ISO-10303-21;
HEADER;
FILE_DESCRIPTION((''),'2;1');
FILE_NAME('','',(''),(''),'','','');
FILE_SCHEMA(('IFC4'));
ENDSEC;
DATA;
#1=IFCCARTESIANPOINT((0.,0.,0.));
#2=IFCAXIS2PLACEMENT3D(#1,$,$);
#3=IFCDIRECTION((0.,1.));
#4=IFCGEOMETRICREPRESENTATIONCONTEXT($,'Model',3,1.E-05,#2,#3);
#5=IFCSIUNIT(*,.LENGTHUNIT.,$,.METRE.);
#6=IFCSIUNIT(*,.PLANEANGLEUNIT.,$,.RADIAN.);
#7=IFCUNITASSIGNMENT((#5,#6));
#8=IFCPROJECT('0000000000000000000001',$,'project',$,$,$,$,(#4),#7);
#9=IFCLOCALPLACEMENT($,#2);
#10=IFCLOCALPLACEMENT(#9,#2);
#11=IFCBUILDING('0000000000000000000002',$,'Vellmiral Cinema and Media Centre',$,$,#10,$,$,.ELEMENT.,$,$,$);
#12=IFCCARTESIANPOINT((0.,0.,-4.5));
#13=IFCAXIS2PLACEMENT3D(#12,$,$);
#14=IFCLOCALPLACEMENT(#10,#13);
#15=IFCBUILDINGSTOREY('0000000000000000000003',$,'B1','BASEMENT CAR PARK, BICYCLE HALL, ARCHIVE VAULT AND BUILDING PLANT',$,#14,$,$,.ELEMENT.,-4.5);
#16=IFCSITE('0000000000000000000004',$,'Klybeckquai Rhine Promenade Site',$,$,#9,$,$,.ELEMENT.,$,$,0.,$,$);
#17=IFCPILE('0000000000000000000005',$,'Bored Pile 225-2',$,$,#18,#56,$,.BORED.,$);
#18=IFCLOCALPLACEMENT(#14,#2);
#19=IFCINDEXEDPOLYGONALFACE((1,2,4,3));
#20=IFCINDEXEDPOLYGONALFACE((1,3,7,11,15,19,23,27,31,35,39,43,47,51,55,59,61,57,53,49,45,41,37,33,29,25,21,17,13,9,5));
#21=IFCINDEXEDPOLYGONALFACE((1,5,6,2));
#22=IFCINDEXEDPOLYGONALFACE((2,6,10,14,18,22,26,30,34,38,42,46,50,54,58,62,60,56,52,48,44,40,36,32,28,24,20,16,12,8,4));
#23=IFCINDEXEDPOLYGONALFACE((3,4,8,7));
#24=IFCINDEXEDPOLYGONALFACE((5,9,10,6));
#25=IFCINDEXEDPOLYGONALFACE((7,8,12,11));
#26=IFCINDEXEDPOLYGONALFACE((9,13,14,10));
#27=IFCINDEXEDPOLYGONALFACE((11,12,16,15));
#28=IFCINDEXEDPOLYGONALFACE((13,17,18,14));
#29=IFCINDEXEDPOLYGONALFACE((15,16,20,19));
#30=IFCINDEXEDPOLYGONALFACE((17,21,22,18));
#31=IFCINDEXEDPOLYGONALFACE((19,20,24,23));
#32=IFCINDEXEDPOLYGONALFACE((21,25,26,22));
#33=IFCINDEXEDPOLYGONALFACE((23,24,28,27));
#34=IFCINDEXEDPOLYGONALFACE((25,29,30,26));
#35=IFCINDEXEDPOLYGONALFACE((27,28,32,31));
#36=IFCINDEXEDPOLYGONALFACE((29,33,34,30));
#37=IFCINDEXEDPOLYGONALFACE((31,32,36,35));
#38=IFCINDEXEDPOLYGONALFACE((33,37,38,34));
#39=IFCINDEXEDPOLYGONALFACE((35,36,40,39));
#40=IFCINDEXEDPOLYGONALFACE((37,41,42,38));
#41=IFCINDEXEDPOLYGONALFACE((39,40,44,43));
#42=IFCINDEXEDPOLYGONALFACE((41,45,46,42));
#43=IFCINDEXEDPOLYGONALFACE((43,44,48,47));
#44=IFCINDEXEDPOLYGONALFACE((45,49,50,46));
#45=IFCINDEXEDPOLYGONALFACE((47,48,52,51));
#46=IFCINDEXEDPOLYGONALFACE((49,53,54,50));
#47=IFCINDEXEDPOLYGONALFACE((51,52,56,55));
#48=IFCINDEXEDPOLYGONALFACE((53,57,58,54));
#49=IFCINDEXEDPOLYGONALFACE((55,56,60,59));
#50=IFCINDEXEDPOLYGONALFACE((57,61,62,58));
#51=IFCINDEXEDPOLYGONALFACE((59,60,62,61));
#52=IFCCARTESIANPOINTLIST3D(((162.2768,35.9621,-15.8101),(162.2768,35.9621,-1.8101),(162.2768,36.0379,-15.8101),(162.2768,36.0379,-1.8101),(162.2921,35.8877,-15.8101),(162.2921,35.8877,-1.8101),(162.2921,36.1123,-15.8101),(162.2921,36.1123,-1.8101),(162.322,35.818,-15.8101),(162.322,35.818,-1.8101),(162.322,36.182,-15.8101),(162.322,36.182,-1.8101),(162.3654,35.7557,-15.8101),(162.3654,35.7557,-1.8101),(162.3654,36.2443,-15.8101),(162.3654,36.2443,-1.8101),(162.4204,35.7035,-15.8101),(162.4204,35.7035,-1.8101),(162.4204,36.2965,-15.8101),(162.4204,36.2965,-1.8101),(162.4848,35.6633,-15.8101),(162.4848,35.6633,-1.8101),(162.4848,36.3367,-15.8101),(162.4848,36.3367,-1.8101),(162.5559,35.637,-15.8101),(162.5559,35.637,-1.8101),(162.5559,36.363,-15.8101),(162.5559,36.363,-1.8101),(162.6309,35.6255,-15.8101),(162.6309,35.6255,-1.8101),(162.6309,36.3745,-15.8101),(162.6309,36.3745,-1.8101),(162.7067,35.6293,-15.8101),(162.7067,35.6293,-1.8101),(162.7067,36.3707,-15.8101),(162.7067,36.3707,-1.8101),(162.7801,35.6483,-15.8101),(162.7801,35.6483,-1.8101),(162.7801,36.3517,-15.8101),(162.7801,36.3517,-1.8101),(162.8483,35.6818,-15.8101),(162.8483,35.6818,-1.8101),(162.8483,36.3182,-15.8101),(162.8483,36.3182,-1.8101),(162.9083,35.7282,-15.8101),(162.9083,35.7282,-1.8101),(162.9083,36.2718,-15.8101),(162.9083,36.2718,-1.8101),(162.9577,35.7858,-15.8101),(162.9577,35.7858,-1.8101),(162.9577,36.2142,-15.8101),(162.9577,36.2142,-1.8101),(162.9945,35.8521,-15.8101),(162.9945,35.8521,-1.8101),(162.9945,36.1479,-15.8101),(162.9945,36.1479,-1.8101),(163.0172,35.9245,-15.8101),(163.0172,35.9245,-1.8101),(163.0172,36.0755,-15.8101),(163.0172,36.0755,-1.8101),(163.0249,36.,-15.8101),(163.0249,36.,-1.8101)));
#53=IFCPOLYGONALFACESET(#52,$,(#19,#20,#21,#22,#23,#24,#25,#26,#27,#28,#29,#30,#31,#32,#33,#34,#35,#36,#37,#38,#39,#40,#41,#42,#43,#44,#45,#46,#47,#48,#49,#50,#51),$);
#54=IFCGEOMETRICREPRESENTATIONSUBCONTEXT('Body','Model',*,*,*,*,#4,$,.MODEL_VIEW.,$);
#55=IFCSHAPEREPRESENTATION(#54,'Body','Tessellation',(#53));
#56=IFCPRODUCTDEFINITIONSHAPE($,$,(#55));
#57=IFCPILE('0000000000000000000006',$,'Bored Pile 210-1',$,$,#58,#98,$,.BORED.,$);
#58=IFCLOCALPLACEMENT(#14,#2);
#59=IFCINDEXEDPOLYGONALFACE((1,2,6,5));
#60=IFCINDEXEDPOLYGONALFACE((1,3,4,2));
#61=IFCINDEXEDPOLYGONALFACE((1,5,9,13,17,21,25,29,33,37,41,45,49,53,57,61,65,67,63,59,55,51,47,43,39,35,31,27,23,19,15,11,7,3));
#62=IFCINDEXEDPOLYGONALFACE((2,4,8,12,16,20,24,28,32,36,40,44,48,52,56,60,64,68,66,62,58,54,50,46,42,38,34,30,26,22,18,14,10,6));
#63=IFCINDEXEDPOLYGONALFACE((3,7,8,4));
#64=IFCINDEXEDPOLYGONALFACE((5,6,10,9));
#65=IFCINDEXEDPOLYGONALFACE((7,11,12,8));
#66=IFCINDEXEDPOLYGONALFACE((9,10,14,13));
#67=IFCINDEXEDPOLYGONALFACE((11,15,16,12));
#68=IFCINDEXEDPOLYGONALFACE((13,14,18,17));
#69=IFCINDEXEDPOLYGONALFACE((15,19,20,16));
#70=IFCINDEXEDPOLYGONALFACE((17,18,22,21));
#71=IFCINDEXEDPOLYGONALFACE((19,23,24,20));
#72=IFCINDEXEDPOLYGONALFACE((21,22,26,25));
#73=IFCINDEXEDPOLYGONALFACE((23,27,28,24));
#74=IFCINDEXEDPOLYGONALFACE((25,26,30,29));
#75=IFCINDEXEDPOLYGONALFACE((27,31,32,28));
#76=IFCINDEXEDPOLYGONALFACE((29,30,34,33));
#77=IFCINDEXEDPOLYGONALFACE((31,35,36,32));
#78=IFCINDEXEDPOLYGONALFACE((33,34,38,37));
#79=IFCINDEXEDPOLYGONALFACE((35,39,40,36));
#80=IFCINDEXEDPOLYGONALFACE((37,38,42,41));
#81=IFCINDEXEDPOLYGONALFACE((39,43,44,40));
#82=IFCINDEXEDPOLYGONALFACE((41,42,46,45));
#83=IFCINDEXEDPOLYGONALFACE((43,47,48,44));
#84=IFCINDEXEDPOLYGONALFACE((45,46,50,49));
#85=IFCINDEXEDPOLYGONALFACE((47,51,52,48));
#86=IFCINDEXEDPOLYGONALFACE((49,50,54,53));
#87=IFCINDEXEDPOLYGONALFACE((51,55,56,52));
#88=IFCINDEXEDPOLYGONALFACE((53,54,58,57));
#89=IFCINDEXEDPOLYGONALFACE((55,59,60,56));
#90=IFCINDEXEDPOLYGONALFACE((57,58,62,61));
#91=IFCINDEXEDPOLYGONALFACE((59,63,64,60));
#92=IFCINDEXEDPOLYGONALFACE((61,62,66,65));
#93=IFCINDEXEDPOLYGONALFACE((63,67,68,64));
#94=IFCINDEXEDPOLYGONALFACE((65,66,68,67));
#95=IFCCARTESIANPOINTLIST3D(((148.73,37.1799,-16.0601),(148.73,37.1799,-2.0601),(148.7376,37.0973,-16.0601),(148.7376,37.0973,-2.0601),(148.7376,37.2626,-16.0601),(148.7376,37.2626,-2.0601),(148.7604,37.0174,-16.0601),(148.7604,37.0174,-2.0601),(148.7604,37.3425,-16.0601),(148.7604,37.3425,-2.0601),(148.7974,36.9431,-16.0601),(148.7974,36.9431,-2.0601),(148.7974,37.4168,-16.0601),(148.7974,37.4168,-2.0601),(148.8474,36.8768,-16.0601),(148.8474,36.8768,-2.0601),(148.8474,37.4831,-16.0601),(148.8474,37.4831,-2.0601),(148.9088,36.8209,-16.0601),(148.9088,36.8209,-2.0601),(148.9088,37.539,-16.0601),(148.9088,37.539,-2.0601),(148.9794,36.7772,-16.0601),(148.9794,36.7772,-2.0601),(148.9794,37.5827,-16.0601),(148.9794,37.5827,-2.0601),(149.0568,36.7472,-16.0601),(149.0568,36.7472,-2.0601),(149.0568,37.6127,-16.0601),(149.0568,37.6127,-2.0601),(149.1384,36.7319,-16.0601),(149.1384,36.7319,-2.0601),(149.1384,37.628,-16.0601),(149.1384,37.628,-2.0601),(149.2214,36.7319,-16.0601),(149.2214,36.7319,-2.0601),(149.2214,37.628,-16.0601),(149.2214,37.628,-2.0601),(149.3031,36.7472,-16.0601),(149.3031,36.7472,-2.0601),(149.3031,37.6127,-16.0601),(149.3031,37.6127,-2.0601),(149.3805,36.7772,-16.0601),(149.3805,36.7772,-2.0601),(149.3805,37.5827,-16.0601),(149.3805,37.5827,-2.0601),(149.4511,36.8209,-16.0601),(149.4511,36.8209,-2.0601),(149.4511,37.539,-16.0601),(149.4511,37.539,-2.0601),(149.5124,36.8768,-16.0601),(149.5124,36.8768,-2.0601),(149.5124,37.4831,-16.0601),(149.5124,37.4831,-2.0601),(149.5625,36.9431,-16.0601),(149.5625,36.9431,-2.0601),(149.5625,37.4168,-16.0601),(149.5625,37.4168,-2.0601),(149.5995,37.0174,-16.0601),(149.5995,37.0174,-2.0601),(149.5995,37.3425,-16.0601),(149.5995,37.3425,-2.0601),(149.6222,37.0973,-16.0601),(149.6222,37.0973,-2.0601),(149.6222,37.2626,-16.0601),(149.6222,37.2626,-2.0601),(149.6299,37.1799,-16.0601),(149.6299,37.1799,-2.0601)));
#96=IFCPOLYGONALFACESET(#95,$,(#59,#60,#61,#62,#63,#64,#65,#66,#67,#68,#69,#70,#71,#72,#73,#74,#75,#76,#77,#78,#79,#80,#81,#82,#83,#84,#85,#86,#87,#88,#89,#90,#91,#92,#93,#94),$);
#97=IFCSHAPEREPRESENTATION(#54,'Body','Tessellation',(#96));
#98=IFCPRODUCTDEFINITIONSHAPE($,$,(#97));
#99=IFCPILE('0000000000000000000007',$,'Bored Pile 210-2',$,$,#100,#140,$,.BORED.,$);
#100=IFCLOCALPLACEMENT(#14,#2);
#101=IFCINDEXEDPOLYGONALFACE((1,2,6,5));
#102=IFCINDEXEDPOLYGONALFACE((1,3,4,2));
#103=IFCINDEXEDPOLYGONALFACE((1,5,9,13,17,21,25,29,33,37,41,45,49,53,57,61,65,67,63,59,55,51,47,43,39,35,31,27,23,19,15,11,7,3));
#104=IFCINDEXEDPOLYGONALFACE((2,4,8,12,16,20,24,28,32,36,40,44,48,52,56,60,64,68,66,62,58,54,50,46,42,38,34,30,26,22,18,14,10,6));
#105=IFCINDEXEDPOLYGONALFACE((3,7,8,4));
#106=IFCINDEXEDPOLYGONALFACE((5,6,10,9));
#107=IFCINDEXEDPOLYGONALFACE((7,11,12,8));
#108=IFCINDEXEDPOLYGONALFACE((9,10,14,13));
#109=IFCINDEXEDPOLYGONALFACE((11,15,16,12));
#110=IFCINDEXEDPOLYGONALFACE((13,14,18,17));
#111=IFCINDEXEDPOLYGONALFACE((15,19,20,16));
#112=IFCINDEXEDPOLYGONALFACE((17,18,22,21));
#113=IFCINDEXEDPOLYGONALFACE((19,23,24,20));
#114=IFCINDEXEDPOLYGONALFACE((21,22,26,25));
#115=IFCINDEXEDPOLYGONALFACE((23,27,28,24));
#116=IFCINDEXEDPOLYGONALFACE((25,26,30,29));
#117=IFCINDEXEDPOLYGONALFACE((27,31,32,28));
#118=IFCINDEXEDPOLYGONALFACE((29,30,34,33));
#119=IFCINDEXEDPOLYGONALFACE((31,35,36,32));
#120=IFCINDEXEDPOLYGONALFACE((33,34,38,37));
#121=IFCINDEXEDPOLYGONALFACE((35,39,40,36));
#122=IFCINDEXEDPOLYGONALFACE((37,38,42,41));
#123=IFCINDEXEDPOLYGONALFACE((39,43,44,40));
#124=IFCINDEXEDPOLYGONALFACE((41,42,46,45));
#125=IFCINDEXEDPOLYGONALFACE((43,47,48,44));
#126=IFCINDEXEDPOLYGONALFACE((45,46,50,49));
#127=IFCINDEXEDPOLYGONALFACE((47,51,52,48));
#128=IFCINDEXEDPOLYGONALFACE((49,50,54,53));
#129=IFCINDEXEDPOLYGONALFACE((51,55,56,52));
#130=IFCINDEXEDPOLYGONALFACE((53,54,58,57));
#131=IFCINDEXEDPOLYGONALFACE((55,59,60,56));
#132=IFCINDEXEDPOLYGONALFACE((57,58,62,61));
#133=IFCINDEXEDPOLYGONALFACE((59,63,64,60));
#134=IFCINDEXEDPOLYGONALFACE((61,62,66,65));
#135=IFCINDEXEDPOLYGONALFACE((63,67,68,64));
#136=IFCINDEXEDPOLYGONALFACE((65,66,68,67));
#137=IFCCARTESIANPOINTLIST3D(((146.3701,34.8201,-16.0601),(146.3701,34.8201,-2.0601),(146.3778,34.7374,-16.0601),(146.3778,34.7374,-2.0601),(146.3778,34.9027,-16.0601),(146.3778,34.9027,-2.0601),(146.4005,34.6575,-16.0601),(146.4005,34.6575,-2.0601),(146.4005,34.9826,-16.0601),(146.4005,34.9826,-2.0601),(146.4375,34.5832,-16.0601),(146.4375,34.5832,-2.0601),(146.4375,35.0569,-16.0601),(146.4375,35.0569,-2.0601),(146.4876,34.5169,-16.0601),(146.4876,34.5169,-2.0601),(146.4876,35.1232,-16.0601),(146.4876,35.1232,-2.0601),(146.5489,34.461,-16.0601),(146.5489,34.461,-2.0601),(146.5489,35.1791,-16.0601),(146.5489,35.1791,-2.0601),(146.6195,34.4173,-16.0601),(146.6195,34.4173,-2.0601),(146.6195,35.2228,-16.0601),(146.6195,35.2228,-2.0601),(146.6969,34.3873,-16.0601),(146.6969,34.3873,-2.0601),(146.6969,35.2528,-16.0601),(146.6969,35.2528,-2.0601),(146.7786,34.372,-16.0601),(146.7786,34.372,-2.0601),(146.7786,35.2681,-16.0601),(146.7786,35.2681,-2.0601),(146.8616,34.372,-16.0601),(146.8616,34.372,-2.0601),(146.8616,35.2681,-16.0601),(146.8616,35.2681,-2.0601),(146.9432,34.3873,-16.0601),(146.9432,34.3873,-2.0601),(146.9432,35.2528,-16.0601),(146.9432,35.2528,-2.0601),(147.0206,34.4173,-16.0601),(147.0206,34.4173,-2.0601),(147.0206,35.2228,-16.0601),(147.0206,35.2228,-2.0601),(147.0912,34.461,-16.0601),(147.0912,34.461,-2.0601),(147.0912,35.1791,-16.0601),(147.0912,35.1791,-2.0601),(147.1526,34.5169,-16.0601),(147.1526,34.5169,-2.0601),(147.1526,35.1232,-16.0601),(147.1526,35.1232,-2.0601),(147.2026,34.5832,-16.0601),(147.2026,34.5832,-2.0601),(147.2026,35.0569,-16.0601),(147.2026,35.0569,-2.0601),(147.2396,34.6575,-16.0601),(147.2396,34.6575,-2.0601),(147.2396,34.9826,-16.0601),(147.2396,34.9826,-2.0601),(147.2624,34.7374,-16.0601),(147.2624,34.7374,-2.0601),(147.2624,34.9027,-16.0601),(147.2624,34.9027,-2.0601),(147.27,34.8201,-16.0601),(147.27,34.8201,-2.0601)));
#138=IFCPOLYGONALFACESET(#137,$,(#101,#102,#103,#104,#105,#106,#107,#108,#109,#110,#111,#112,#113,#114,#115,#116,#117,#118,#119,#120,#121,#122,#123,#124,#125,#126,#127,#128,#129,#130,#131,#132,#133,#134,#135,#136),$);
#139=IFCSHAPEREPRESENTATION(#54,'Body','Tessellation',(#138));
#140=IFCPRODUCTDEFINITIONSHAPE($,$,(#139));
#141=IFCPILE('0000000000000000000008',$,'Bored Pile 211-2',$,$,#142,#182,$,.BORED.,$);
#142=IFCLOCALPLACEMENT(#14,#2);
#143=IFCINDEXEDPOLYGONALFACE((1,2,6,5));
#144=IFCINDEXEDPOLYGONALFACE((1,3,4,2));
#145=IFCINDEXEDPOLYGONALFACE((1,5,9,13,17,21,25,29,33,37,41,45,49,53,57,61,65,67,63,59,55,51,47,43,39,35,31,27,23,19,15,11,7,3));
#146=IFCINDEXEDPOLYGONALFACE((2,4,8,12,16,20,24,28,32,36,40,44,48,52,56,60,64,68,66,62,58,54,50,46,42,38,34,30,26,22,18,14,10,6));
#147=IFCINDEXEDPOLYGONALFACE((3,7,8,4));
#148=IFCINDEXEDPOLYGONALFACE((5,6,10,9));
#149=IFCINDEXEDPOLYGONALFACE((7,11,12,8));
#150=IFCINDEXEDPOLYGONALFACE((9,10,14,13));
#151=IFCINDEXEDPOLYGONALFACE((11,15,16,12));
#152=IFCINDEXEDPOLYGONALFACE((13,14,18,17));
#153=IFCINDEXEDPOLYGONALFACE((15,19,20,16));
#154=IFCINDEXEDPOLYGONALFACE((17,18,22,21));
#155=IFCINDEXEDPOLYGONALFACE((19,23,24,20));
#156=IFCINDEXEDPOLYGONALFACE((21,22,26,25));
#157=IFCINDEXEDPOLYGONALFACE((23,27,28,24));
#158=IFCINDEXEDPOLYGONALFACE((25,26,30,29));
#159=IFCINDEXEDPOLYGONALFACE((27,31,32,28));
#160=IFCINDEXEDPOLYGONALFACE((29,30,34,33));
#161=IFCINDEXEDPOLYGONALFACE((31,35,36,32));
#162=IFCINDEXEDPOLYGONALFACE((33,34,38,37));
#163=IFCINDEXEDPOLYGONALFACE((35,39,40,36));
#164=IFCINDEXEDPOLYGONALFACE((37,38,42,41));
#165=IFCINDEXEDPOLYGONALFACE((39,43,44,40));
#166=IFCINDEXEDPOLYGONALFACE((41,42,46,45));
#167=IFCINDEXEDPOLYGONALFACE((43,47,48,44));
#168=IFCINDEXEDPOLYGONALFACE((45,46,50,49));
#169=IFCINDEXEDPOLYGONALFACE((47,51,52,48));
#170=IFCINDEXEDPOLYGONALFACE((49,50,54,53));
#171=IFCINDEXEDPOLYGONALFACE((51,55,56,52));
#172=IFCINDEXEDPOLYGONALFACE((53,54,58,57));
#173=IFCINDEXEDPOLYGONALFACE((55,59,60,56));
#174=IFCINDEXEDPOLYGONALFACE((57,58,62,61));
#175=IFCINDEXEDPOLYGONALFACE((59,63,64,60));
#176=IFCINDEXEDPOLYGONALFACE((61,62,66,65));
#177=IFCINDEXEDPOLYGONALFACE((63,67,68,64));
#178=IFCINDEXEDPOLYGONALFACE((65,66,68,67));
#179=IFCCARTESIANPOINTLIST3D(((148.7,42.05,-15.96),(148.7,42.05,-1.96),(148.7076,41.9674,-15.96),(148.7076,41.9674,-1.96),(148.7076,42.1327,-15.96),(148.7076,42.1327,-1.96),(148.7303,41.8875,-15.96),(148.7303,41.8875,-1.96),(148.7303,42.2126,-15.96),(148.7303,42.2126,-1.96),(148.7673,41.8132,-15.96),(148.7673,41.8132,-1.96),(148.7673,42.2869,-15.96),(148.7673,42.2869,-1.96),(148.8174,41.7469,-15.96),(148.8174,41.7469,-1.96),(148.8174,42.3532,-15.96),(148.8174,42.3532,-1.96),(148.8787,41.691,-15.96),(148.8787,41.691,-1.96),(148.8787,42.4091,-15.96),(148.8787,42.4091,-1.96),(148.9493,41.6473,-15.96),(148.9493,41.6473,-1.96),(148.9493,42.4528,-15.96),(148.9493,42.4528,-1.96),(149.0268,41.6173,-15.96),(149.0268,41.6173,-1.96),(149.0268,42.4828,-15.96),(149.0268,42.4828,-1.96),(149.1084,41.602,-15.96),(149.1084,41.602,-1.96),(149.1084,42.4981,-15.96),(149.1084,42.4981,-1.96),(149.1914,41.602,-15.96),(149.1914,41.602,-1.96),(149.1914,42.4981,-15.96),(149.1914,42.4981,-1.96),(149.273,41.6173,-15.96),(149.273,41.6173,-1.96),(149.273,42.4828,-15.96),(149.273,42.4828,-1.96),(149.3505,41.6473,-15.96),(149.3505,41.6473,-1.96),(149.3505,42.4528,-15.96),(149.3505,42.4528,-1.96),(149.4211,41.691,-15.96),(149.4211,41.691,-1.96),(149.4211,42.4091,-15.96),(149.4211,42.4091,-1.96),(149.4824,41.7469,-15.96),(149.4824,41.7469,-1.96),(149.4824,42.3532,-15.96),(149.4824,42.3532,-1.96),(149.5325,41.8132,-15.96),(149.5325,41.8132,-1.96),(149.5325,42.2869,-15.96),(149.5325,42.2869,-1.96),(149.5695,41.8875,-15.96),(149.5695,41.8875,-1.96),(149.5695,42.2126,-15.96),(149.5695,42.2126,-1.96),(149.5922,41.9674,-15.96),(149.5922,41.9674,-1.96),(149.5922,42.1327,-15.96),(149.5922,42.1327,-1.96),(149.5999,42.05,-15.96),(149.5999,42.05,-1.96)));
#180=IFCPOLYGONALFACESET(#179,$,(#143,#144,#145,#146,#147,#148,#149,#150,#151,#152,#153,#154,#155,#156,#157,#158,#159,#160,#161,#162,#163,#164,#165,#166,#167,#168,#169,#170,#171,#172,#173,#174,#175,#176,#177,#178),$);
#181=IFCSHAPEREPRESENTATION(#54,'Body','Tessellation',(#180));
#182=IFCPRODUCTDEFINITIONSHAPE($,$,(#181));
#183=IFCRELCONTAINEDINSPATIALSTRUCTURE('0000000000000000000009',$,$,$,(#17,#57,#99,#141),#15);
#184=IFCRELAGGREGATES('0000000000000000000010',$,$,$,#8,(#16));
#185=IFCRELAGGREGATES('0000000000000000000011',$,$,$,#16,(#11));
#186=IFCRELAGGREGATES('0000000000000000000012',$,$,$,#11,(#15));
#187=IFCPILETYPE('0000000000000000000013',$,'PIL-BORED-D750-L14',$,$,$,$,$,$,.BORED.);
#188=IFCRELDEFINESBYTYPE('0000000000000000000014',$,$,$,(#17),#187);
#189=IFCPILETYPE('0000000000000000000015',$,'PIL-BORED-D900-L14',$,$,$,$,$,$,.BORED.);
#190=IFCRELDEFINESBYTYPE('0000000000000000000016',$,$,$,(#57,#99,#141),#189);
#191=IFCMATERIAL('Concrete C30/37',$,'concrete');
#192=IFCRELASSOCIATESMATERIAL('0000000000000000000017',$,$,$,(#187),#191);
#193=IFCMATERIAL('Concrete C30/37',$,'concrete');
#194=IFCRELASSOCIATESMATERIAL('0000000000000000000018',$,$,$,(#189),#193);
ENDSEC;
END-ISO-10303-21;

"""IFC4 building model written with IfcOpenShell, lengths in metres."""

from ifc_helpers import new_model, si_unit, direction, frame, origin, origin_2d, place, context, subcontext, project, spatial, circle, extrude, material, material_profile, profile_set, type_object, element, save


model = new_model("IFC4")

# Units and contexts
model_context = context("Model", 3, precision=1e-05, world=origin(), true_north=direction((0.0, 1.0)))
body_context = subcontext(model_context, "Body", "Model", "MODEL_VIEW")
ifc_project = project(units=[si_unit("LENGTHUNIT", "METRE"), si_unit("PLANEANGLEUNIT", "RADIAN")], contexts=[model_context])

# Site, building, storey
site_placement = place(None, origin())
site = spatial("IfcSite", under=ifc_project, at=site_placement, Name="Klybeckquai Rhine Promenade Site", CompositionType="ELEMENT", RefElevation=0.0)
building_placement = place(site_placement, origin())
building = spatial("IfcBuilding", under=site, at=building_placement, Name="Vellmiral Cinema and Media Centre", CompositionType="ELEMENT")
storey_placement = place(building_placement, frame((0.0, 0.0, -4.5)))
storey = spatial("IfcBuildingStorey", under=building, at=storey_placement, Name="B1", Description="BASEMENT CAR PARK, BICYCLE HALL, ARCHIVE VAULT AND BUILDING PLANT", CompositionType="ELEMENT", Elevation=-4.5)

# Piles
ifc_material_1 = material(Name="Concrete C30/37", Category="concrete")
ifc_material_profile_1 = material_profile(ifc_material_1, circle(Radius=0.375, at=origin_2d()), Name="PILE D750")
ifc_profile_set_1 = profile_set([ifc_material_profile_1], Name="Concrete C30/37")
pile_type_1 = type_object("IfcPileType", Name="PIL-BORED-D750-L14", PredefinedType="BORED", material=ifc_profile_set_1)
for number, where, z_axis, x_axis, name in (
    (1, (162.6499, 36.0, -1.8101), (0.0, 0.0, -1.0), (1.0, 0.0, 0.0), "Bored Pile 225-2"),
):
    element("IfcPile", number, at=place(storey_placement, frame(where, z_axis=z_axis, x_axis=x_axis)), inside=storey, type_object=pile_type_1, Name=name, PredefinedType="BORED", context=body_context, shape_type="SweptSolid", body=[
        extrude(circle(Radius=0.375, at=origin_2d()), origin(), (0.0, 0.0, 1.0), 14.0),
    ])
ifc_material_2 = material(Name="Concrete C30/37", Category="concrete")
ifc_material_profile_2 = material_profile(ifc_material_2, circle(Radius=0.45, at=origin_2d()), Name="PILE D900")
ifc_profile_set_2 = profile_set([ifc_material_profile_2], Name="Concrete C30/37")
pile_type_2 = type_object("IfcPileType", Name="PIL-BORED-D900-L14", PredefinedType="BORED", material=ifc_profile_set_2)
for number, where, z_axis, x_axis, name in (
    (2, (149.1799, 37.1799, -2.0601), (0.0, 0.0, -1.0), (1.0, 0.0, 0.0), "Bored Pile 210-1"),
    (3, (146.8201, 34.8201, -2.0601), (0.0, 0.0, -1.0), (1.0, 0.0, 0.0), "Bored Pile 210-2"),
    (4, (149.1499, 42.05, -1.96), (0.0, 0.0, -1.0), (1.0, 0.0, 0.0), "Bored Pile 211-2"),
):
    element("IfcPile", number, at=place(storey_placement, frame(where, z_axis=z_axis, x_axis=x_axis)), inside=storey, type_object=pile_type_2, Name=name, PredefinedType="BORED", context=body_context, shape_type="SweptSolid", body=[
        extrude(circle(Radius=0.45, at=origin_2d()), origin(), (0.0, 0.0, 1.0), 14.0),
    ])

save(model, "model.ifc")
